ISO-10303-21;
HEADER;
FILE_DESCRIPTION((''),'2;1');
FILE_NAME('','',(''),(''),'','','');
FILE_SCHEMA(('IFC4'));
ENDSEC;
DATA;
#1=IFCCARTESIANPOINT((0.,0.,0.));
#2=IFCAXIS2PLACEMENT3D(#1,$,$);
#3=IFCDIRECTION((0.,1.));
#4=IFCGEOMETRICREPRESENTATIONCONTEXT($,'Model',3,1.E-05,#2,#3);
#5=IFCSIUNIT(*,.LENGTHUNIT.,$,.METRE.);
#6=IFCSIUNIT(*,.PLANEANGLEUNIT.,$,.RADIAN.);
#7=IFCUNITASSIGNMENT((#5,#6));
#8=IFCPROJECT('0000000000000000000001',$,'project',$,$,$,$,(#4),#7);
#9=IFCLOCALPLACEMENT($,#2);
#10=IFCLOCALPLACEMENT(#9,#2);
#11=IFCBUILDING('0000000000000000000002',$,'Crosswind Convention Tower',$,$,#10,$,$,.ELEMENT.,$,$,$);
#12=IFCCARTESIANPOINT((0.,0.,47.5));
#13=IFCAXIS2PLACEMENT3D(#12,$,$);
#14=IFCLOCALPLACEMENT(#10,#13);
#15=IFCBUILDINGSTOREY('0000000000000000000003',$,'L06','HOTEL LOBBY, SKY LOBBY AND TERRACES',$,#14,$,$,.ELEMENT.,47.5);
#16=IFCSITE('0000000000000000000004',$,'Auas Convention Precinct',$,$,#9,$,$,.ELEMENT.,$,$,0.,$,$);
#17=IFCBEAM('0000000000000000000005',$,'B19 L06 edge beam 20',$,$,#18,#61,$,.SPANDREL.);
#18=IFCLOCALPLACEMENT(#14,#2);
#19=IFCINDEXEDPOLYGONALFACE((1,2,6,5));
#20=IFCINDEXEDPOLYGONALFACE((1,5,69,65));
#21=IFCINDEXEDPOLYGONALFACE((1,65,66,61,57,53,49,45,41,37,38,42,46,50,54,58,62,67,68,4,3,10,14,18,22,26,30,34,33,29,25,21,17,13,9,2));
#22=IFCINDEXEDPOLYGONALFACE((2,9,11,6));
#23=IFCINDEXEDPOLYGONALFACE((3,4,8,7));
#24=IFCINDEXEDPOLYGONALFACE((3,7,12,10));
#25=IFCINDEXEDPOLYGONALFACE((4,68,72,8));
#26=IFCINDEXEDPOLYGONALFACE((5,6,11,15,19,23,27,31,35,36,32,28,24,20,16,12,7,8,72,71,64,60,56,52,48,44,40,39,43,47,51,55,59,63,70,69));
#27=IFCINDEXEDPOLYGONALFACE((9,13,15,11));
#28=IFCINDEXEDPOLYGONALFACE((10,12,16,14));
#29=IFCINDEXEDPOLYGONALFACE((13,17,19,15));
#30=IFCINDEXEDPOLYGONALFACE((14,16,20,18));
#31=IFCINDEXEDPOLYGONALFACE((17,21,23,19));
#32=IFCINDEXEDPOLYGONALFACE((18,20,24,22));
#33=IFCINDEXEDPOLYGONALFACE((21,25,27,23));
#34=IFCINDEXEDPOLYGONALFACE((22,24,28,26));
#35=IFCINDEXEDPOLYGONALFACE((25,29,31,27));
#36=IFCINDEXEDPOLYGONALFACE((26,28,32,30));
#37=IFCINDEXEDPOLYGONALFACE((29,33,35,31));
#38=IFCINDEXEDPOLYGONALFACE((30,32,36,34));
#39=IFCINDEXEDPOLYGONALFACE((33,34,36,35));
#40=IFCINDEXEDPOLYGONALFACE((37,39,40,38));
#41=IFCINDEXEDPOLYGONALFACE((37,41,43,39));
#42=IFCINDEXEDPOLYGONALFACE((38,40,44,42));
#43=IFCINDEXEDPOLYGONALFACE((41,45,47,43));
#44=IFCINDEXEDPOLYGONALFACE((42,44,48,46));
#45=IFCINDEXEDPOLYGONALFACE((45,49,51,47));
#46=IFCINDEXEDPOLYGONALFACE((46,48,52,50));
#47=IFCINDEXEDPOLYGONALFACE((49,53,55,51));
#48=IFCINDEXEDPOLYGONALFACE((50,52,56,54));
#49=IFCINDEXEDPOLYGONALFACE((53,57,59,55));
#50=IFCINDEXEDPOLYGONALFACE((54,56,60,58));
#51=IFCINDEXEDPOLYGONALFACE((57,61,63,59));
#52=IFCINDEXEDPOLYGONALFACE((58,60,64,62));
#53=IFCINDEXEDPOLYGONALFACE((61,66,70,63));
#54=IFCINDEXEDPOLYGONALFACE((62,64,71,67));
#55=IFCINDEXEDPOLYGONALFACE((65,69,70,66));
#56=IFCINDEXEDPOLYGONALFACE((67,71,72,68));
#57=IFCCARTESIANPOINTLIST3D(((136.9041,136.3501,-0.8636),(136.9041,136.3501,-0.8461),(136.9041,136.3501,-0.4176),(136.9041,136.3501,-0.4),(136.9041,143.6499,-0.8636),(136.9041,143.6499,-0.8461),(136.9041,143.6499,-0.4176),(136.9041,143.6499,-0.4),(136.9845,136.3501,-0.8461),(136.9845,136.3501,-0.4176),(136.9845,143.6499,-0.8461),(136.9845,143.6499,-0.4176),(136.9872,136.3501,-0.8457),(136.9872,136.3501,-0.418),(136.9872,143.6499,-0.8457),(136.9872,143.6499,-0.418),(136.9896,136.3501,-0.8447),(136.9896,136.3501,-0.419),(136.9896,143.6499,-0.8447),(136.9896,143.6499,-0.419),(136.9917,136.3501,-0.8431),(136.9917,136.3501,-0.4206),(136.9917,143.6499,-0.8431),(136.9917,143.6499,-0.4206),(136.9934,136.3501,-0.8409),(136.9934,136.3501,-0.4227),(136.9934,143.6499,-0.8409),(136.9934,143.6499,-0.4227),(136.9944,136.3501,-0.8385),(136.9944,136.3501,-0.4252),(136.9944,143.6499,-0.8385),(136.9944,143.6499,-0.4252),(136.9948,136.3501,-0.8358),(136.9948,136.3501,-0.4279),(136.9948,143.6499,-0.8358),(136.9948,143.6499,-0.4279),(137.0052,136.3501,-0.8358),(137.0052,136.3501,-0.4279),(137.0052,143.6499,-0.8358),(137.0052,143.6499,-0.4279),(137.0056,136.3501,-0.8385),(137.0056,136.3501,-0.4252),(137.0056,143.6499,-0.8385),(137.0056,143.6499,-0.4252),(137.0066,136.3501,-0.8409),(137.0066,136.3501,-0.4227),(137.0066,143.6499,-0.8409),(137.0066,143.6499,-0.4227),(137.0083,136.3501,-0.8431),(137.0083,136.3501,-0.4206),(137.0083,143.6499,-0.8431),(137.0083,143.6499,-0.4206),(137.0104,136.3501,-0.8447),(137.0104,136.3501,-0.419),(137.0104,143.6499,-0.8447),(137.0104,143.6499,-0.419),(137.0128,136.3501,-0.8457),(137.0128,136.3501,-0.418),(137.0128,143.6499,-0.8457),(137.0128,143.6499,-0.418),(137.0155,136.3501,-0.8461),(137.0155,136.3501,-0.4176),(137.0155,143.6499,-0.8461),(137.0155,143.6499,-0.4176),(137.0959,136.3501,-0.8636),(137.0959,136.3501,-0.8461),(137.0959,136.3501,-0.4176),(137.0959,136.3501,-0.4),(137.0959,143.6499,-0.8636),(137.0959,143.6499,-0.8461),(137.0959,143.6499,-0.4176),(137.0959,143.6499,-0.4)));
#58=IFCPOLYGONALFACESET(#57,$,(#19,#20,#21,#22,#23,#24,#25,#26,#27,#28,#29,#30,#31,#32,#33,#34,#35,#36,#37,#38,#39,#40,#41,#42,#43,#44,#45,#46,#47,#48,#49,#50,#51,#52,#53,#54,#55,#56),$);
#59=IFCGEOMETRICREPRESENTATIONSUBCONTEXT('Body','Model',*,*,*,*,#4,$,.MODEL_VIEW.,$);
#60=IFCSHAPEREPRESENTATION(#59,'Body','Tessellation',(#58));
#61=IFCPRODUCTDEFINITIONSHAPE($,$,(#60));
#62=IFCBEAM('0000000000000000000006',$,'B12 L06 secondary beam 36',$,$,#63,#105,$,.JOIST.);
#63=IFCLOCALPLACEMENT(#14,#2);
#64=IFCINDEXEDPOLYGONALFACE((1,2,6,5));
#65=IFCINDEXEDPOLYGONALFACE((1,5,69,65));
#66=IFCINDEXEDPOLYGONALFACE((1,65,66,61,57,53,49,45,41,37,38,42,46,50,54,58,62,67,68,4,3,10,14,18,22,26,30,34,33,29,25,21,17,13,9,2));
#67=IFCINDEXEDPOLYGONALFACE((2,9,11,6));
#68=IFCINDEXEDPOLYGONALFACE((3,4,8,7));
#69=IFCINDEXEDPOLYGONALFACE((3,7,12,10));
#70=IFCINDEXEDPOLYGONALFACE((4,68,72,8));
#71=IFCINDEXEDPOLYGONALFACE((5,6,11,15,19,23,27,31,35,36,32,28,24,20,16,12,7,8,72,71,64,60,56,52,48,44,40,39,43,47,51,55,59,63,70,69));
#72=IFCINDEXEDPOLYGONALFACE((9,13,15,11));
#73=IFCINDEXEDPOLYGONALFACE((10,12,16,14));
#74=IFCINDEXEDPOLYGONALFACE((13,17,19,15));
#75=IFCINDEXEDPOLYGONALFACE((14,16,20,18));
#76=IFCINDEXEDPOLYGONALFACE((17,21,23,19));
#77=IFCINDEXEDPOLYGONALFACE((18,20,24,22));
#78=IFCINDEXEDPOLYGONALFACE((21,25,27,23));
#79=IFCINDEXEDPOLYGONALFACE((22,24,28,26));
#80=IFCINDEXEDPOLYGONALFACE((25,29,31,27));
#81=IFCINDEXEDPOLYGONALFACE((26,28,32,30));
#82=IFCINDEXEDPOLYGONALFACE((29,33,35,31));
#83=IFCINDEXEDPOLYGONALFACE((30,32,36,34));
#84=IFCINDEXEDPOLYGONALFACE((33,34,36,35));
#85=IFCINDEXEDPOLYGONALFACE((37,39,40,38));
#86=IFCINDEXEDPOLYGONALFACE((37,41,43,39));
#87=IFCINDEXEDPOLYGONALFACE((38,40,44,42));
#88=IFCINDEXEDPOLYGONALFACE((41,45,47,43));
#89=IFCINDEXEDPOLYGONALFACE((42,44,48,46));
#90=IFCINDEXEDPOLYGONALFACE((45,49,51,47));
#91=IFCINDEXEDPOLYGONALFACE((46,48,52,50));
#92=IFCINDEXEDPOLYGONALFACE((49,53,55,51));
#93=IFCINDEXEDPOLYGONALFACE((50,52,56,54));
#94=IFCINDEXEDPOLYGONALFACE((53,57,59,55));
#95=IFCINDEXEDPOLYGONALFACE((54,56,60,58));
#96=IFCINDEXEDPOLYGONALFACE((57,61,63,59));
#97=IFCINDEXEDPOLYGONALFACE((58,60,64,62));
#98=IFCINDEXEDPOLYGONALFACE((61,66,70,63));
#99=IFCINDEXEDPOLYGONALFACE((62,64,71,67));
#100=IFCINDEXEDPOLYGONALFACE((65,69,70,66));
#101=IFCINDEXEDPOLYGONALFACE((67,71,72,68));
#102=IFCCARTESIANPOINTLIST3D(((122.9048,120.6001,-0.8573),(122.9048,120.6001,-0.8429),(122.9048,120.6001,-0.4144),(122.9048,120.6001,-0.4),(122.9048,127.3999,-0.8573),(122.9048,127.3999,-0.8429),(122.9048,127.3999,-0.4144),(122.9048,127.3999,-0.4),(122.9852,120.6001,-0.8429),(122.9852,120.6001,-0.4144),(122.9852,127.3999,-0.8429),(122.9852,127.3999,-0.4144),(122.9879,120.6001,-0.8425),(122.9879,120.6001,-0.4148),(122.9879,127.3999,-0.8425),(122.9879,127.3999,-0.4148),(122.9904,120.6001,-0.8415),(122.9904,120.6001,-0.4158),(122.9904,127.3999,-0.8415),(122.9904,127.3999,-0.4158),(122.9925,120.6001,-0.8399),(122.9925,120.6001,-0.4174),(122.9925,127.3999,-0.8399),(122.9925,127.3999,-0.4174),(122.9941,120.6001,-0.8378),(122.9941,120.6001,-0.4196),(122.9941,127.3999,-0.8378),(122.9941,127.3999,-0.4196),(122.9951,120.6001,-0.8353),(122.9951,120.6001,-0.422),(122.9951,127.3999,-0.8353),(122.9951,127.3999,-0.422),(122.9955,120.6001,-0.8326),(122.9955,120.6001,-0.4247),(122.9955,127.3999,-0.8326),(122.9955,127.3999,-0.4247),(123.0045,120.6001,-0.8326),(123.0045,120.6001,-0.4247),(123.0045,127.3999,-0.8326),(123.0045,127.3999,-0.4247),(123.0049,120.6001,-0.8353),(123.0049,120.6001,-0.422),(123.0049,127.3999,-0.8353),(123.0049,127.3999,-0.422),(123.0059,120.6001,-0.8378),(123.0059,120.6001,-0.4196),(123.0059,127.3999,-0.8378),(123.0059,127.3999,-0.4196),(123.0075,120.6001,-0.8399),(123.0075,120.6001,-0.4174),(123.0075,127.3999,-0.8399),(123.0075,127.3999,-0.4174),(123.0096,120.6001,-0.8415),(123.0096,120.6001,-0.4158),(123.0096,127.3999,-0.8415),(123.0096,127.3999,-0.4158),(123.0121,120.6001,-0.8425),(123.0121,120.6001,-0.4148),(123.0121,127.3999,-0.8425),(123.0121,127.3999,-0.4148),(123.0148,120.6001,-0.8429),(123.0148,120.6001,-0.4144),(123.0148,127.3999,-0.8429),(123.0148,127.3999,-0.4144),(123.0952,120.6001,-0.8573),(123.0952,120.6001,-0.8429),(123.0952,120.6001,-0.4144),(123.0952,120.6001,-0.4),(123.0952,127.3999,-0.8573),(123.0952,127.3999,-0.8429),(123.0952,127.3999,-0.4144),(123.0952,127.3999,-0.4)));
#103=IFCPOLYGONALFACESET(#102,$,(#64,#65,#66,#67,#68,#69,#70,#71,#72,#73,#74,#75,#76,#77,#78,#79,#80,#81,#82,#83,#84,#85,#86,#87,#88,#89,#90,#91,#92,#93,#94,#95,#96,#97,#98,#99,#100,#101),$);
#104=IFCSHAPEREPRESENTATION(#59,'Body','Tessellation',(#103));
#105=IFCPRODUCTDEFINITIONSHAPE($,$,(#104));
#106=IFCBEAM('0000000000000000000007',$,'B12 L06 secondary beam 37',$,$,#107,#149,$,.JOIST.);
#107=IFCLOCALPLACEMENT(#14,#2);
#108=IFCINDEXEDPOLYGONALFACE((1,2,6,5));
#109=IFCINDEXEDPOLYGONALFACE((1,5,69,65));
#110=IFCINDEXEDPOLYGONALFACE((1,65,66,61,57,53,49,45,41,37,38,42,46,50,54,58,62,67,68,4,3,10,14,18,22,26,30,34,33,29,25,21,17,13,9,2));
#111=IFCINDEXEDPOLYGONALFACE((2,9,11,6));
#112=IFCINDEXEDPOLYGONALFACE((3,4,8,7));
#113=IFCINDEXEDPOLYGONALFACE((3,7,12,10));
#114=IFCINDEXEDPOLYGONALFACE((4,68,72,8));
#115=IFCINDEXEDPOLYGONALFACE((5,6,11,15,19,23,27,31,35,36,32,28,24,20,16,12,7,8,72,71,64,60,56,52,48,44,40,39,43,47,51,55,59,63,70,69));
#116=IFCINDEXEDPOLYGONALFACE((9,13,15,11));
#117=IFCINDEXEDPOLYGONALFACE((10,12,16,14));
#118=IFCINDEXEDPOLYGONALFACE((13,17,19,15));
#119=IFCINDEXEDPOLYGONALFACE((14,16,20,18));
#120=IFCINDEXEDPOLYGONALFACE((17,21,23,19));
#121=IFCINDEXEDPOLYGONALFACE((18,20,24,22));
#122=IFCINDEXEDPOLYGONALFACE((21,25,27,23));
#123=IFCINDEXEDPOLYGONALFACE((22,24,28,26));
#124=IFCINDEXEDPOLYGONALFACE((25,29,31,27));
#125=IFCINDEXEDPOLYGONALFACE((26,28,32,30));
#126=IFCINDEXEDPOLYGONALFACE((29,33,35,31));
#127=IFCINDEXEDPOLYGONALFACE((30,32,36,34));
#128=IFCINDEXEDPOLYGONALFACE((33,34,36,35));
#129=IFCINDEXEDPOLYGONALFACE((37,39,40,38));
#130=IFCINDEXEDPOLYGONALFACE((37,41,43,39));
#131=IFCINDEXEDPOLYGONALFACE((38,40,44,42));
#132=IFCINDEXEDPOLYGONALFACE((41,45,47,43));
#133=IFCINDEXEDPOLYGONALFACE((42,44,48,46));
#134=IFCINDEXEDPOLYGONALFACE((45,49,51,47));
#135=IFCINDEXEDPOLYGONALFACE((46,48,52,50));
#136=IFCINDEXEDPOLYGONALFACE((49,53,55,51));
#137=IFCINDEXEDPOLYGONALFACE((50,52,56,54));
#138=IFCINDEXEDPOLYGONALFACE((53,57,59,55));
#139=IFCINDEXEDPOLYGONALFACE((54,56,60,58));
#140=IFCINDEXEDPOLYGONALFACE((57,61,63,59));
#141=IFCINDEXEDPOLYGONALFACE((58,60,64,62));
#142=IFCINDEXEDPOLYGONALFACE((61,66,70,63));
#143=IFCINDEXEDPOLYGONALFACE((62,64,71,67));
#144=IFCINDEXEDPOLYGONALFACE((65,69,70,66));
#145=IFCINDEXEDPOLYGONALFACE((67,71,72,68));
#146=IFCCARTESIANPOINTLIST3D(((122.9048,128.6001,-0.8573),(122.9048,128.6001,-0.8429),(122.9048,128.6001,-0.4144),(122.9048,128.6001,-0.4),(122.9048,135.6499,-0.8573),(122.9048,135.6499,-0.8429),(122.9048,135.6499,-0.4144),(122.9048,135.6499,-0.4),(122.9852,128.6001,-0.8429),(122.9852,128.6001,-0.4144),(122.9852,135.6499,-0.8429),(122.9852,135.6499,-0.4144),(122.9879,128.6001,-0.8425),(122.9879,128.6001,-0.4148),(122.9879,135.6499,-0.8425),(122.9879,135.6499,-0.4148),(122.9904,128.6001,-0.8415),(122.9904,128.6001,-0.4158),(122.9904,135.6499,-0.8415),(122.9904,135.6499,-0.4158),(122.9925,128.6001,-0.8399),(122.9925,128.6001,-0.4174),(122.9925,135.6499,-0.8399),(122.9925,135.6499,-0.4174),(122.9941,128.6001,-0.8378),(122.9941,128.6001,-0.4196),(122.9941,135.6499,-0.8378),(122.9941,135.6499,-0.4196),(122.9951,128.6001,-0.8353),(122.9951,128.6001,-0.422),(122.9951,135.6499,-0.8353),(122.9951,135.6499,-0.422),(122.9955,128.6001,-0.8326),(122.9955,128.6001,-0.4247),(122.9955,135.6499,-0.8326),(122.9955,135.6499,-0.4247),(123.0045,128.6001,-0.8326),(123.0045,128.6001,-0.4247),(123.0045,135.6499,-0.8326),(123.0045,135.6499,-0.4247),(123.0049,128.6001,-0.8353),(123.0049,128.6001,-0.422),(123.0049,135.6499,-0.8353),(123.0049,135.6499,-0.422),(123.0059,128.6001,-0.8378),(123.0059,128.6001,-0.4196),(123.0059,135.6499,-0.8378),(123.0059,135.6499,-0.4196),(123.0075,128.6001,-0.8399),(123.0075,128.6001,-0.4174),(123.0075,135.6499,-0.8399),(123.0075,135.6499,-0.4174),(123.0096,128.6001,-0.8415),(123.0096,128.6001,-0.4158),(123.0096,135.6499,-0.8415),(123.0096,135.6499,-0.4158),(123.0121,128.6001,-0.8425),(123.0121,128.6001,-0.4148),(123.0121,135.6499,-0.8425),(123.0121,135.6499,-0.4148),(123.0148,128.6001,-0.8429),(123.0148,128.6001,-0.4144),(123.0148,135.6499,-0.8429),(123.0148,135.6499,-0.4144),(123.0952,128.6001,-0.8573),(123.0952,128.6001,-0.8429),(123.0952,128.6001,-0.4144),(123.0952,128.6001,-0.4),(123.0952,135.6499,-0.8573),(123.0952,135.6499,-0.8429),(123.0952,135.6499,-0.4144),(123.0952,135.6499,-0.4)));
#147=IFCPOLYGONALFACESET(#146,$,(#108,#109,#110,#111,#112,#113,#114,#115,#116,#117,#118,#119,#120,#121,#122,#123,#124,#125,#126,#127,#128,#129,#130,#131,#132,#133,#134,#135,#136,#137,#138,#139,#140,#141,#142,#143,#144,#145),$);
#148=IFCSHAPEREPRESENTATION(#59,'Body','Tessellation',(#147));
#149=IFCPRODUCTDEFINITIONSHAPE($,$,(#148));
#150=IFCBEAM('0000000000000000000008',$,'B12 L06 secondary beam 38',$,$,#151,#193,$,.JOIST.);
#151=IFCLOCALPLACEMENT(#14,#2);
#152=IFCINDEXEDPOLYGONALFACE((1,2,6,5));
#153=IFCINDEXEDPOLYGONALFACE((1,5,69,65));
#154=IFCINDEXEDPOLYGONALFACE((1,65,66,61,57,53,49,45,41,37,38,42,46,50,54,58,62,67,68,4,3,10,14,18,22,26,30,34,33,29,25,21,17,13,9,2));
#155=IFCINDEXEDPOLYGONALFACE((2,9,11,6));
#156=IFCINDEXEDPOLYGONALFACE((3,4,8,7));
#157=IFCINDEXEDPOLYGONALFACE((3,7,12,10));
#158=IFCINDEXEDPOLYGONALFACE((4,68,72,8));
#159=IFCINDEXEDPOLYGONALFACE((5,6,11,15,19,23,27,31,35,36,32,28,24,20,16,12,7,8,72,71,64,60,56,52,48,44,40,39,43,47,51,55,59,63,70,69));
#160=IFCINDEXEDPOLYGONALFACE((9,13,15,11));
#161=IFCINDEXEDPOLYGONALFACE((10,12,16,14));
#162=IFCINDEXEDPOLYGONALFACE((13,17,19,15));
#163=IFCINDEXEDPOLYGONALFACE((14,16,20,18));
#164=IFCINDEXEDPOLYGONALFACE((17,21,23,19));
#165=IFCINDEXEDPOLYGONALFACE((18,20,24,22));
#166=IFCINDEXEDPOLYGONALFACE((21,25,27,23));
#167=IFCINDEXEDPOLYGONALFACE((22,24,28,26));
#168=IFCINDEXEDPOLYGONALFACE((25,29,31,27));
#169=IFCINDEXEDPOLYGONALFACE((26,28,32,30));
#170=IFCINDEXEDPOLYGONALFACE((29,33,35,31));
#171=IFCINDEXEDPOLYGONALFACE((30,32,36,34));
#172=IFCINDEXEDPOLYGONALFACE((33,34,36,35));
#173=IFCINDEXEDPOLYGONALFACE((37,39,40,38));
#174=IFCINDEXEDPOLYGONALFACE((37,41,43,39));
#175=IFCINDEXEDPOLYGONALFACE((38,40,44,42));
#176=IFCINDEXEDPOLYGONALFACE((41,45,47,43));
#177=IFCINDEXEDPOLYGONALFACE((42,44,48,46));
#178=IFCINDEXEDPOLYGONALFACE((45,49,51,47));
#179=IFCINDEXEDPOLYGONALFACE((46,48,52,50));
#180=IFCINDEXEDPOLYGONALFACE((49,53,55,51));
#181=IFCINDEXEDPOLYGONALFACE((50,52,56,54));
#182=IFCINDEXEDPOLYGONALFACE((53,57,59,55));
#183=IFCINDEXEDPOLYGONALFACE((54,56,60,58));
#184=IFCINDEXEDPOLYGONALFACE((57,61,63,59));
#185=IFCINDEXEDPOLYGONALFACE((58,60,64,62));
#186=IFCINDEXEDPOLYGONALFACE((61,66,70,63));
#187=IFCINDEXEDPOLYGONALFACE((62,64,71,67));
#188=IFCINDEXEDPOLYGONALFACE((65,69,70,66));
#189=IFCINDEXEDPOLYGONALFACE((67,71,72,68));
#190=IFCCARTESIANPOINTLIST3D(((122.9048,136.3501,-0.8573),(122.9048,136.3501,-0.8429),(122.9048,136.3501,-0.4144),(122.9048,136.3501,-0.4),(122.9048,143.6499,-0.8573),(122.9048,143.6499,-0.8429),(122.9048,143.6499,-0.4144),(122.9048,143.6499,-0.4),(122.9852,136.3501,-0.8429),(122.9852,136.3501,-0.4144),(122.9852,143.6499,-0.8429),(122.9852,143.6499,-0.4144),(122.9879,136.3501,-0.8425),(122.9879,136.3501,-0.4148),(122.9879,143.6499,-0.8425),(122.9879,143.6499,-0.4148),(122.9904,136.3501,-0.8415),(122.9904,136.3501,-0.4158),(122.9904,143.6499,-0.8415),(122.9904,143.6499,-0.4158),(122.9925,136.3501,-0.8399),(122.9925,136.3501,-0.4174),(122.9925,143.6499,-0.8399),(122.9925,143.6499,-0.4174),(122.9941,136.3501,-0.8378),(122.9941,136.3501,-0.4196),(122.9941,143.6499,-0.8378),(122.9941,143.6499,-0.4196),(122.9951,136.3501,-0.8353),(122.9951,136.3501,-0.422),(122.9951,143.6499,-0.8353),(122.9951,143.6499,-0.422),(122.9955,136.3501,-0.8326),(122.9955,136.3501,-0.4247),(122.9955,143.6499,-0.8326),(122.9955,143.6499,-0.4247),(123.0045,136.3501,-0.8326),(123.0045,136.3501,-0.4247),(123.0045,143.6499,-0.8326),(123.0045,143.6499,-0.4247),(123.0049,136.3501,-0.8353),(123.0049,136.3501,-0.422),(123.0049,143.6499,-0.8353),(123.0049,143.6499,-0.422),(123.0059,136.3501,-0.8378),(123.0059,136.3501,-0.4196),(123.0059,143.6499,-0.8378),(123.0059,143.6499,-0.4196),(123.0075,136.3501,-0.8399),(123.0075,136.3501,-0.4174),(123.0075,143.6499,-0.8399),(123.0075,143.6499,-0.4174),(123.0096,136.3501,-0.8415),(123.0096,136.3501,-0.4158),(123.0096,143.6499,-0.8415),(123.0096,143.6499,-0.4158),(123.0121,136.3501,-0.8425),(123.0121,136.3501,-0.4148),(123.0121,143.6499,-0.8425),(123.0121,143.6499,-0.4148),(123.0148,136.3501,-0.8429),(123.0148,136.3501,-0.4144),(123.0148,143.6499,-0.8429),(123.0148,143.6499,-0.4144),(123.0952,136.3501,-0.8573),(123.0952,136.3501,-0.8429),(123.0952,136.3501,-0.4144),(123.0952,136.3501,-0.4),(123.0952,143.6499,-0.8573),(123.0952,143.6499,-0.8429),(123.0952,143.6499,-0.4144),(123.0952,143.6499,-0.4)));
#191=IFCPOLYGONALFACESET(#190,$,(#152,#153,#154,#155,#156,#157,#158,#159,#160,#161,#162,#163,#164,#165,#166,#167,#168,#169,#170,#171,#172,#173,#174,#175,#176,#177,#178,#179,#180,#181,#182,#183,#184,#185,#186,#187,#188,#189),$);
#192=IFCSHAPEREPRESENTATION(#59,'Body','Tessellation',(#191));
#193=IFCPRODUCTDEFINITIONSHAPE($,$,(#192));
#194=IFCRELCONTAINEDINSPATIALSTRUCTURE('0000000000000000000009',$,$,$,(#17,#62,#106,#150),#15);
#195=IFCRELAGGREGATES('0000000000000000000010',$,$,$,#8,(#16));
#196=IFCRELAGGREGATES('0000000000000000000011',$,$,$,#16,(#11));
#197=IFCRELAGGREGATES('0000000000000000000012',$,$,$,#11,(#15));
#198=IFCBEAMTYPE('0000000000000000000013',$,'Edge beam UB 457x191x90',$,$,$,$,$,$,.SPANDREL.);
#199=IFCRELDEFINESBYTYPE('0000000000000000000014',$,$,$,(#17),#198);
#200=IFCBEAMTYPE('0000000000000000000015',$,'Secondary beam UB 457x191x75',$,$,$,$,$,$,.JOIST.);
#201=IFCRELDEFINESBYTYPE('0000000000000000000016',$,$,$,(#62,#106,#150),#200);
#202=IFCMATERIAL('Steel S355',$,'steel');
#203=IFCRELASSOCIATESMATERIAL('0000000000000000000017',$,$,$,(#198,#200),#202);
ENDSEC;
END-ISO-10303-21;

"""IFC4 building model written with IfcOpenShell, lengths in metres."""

from ifc_helpers import new_model, si_unit, direction, frame, origin, origin_2d, place, context, subcontext, project, spatial, i_section, extrude, material, material_profile, profile_set, type_object, element, save


model = new_model("IFC4")

# Units and contexts
model_context = context("Model", 3, precision=1e-05, world=origin(), true_north=direction((0.0, 1.0)))
body_context = subcontext(model_context, "Body", "Model", "MODEL_VIEW")
ifc_project = project(units=[si_unit("LENGTHUNIT", "METRE"), si_unit("PLANEANGLEUNIT", "RADIAN")], contexts=[model_context])

# Site, building, storey
site_placement = place(None, origin())
site = spatial("IfcSite", under=ifc_project, at=site_placement, Name="Auas Convention Precinct", CompositionType="ELEMENT", RefElevation=0.0)
building_placement = place(site_placement, origin())
building = spatial("IfcBuilding", under=site, at=building_placement, Name="Crosswind Convention Tower", CompositionType="ELEMENT")
storey_placement = place(building_placement, frame((0.0, 0.0, 47.5)))
storey = spatial("IfcBuildingStorey", under=building, at=storey_placement, Name="L06", Description="HOTEL LOBBY, SKY LOBBY AND TERRACES", CompositionType="ELEMENT", Elevation=47.5)

# Beams
ifc_material_1 = material(Name="Steel S355", Category="steel")
ifc_material_profile_1 = material_profile(ifc_material_1, i_section(OverallWidth=0.1919, OverallDepth=0.4636, WebThickness=0.0105, FlangeThickness=0.0176, FilletRadius=0.0103, at=origin_2d()), Name="UB 457x191x90")
ifc_profile_set_1 = profile_set([ifc_material_profile_1], Name="Steel S355")
beam_type_1 = type_object("IfcBeamType", Name="Edge beam UB 457x191x90", PredefinedType="SPANDREL", material=ifc_profile_set_1)
beam_1_placement = place(storey_placement, frame((137.0, 136.3501, -0.6318), z_axis=(0.0, 1.0, 0.0), x_axis=(-1.0, 0.0, 0.0)))
element("IfcBeam", 1, at=beam_1_placement, inside=storey, type_object=beam_type_1, Name="B19 L06 edge beam 20", PredefinedType="SPANDREL", context=body_context, shape_type="SweptSolid", body=[
    extrude(i_section(OverallWidth=0.1919, OverallDepth=0.4636, WebThickness=0.0105, FlangeThickness=0.0176, FilletRadius=0.0103, at=origin_2d()), origin(), (0.0, 0.0, 1.0), 7.2998),
])
ifc_material_profile_2 = material_profile(ifc_material_1, i_section(OverallWidth=0.1904, OverallDepth=0.4573, WebThickness=0.009, FlangeThickness=0.0144, FilletRadius=0.0103, at=origin_2d()), Name="UB 457x191x75")
ifc_profile_set_2 = profile_set([ifc_material_profile_2], Name="Steel S355")
beam_type_2 = type_object("IfcBeamType", Name="Secondary beam UB 457x191x75", PredefinedType="JOIST", material=ifc_profile_set_2)
beam_2_placement = place(storey_placement, frame((123.0, 120.6001, -0.6287), z_axis=(0.0, 1.0, 0.0), x_axis=(-1.0, 0.0, 0.0)))
element("IfcBeam", 2, at=beam_2_placement, inside=storey, type_object=beam_type_2, Name="B12 L06 secondary beam 36", PredefinedType="JOIST", context=body_context, shape_type="SweptSolid", body=[
    extrude(i_section(OverallWidth=0.1904, OverallDepth=0.4573, WebThickness=0.009, FlangeThickness=0.0144, FilletRadius=0.0103, at=origin_2d()), origin(), (0.0, 0.0, 1.0), 6.7998),
])
beam_3_placement = place(storey_placement, frame((123.0, 128.6001, -0.6287), z_axis=(0.0, 1.0, 0.0), x_axis=(-1.0, 0.0, 0.0)))
element("IfcBeam", 3, at=beam_3_placement, inside=storey, type_object=beam_type_2, Name="B12 L06 secondary beam 37", PredefinedType="JOIST", context=body_context, shape_type="SweptSolid", body=[
    extrude(i_section(OverallWidth=0.1904, OverallDepth=0.4573, WebThickness=0.009, FlangeThickness=0.0144, FilletRadius=0.0103, at=origin_2d()), origin(), (0.0, 0.0, 1.0), 7.0498),
])
beam_4_placement = place(storey_placement, frame((123.0, 136.3501, -0.6287), z_axis=(0.0, 1.0, 0.0), x_axis=(-1.0, 0.0, 0.0)))
element("IfcBeam", 4, at=beam_4_placement, inside=storey, type_object=beam_type_2, Name="B12 L06 secondary beam 38", PredefinedType="JOIST", context=body_context, shape_type="SweptSolid", body=[
    extrude(i_section(OverallWidth=0.1904, OverallDepth=0.4573, WebThickness=0.009, FlangeThickness=0.0144, FilletRadius=0.0103, at=origin_2d()), origin(), (0.0, 0.0, 1.0), 7.2998),
])

save(model, "model.ifc")
